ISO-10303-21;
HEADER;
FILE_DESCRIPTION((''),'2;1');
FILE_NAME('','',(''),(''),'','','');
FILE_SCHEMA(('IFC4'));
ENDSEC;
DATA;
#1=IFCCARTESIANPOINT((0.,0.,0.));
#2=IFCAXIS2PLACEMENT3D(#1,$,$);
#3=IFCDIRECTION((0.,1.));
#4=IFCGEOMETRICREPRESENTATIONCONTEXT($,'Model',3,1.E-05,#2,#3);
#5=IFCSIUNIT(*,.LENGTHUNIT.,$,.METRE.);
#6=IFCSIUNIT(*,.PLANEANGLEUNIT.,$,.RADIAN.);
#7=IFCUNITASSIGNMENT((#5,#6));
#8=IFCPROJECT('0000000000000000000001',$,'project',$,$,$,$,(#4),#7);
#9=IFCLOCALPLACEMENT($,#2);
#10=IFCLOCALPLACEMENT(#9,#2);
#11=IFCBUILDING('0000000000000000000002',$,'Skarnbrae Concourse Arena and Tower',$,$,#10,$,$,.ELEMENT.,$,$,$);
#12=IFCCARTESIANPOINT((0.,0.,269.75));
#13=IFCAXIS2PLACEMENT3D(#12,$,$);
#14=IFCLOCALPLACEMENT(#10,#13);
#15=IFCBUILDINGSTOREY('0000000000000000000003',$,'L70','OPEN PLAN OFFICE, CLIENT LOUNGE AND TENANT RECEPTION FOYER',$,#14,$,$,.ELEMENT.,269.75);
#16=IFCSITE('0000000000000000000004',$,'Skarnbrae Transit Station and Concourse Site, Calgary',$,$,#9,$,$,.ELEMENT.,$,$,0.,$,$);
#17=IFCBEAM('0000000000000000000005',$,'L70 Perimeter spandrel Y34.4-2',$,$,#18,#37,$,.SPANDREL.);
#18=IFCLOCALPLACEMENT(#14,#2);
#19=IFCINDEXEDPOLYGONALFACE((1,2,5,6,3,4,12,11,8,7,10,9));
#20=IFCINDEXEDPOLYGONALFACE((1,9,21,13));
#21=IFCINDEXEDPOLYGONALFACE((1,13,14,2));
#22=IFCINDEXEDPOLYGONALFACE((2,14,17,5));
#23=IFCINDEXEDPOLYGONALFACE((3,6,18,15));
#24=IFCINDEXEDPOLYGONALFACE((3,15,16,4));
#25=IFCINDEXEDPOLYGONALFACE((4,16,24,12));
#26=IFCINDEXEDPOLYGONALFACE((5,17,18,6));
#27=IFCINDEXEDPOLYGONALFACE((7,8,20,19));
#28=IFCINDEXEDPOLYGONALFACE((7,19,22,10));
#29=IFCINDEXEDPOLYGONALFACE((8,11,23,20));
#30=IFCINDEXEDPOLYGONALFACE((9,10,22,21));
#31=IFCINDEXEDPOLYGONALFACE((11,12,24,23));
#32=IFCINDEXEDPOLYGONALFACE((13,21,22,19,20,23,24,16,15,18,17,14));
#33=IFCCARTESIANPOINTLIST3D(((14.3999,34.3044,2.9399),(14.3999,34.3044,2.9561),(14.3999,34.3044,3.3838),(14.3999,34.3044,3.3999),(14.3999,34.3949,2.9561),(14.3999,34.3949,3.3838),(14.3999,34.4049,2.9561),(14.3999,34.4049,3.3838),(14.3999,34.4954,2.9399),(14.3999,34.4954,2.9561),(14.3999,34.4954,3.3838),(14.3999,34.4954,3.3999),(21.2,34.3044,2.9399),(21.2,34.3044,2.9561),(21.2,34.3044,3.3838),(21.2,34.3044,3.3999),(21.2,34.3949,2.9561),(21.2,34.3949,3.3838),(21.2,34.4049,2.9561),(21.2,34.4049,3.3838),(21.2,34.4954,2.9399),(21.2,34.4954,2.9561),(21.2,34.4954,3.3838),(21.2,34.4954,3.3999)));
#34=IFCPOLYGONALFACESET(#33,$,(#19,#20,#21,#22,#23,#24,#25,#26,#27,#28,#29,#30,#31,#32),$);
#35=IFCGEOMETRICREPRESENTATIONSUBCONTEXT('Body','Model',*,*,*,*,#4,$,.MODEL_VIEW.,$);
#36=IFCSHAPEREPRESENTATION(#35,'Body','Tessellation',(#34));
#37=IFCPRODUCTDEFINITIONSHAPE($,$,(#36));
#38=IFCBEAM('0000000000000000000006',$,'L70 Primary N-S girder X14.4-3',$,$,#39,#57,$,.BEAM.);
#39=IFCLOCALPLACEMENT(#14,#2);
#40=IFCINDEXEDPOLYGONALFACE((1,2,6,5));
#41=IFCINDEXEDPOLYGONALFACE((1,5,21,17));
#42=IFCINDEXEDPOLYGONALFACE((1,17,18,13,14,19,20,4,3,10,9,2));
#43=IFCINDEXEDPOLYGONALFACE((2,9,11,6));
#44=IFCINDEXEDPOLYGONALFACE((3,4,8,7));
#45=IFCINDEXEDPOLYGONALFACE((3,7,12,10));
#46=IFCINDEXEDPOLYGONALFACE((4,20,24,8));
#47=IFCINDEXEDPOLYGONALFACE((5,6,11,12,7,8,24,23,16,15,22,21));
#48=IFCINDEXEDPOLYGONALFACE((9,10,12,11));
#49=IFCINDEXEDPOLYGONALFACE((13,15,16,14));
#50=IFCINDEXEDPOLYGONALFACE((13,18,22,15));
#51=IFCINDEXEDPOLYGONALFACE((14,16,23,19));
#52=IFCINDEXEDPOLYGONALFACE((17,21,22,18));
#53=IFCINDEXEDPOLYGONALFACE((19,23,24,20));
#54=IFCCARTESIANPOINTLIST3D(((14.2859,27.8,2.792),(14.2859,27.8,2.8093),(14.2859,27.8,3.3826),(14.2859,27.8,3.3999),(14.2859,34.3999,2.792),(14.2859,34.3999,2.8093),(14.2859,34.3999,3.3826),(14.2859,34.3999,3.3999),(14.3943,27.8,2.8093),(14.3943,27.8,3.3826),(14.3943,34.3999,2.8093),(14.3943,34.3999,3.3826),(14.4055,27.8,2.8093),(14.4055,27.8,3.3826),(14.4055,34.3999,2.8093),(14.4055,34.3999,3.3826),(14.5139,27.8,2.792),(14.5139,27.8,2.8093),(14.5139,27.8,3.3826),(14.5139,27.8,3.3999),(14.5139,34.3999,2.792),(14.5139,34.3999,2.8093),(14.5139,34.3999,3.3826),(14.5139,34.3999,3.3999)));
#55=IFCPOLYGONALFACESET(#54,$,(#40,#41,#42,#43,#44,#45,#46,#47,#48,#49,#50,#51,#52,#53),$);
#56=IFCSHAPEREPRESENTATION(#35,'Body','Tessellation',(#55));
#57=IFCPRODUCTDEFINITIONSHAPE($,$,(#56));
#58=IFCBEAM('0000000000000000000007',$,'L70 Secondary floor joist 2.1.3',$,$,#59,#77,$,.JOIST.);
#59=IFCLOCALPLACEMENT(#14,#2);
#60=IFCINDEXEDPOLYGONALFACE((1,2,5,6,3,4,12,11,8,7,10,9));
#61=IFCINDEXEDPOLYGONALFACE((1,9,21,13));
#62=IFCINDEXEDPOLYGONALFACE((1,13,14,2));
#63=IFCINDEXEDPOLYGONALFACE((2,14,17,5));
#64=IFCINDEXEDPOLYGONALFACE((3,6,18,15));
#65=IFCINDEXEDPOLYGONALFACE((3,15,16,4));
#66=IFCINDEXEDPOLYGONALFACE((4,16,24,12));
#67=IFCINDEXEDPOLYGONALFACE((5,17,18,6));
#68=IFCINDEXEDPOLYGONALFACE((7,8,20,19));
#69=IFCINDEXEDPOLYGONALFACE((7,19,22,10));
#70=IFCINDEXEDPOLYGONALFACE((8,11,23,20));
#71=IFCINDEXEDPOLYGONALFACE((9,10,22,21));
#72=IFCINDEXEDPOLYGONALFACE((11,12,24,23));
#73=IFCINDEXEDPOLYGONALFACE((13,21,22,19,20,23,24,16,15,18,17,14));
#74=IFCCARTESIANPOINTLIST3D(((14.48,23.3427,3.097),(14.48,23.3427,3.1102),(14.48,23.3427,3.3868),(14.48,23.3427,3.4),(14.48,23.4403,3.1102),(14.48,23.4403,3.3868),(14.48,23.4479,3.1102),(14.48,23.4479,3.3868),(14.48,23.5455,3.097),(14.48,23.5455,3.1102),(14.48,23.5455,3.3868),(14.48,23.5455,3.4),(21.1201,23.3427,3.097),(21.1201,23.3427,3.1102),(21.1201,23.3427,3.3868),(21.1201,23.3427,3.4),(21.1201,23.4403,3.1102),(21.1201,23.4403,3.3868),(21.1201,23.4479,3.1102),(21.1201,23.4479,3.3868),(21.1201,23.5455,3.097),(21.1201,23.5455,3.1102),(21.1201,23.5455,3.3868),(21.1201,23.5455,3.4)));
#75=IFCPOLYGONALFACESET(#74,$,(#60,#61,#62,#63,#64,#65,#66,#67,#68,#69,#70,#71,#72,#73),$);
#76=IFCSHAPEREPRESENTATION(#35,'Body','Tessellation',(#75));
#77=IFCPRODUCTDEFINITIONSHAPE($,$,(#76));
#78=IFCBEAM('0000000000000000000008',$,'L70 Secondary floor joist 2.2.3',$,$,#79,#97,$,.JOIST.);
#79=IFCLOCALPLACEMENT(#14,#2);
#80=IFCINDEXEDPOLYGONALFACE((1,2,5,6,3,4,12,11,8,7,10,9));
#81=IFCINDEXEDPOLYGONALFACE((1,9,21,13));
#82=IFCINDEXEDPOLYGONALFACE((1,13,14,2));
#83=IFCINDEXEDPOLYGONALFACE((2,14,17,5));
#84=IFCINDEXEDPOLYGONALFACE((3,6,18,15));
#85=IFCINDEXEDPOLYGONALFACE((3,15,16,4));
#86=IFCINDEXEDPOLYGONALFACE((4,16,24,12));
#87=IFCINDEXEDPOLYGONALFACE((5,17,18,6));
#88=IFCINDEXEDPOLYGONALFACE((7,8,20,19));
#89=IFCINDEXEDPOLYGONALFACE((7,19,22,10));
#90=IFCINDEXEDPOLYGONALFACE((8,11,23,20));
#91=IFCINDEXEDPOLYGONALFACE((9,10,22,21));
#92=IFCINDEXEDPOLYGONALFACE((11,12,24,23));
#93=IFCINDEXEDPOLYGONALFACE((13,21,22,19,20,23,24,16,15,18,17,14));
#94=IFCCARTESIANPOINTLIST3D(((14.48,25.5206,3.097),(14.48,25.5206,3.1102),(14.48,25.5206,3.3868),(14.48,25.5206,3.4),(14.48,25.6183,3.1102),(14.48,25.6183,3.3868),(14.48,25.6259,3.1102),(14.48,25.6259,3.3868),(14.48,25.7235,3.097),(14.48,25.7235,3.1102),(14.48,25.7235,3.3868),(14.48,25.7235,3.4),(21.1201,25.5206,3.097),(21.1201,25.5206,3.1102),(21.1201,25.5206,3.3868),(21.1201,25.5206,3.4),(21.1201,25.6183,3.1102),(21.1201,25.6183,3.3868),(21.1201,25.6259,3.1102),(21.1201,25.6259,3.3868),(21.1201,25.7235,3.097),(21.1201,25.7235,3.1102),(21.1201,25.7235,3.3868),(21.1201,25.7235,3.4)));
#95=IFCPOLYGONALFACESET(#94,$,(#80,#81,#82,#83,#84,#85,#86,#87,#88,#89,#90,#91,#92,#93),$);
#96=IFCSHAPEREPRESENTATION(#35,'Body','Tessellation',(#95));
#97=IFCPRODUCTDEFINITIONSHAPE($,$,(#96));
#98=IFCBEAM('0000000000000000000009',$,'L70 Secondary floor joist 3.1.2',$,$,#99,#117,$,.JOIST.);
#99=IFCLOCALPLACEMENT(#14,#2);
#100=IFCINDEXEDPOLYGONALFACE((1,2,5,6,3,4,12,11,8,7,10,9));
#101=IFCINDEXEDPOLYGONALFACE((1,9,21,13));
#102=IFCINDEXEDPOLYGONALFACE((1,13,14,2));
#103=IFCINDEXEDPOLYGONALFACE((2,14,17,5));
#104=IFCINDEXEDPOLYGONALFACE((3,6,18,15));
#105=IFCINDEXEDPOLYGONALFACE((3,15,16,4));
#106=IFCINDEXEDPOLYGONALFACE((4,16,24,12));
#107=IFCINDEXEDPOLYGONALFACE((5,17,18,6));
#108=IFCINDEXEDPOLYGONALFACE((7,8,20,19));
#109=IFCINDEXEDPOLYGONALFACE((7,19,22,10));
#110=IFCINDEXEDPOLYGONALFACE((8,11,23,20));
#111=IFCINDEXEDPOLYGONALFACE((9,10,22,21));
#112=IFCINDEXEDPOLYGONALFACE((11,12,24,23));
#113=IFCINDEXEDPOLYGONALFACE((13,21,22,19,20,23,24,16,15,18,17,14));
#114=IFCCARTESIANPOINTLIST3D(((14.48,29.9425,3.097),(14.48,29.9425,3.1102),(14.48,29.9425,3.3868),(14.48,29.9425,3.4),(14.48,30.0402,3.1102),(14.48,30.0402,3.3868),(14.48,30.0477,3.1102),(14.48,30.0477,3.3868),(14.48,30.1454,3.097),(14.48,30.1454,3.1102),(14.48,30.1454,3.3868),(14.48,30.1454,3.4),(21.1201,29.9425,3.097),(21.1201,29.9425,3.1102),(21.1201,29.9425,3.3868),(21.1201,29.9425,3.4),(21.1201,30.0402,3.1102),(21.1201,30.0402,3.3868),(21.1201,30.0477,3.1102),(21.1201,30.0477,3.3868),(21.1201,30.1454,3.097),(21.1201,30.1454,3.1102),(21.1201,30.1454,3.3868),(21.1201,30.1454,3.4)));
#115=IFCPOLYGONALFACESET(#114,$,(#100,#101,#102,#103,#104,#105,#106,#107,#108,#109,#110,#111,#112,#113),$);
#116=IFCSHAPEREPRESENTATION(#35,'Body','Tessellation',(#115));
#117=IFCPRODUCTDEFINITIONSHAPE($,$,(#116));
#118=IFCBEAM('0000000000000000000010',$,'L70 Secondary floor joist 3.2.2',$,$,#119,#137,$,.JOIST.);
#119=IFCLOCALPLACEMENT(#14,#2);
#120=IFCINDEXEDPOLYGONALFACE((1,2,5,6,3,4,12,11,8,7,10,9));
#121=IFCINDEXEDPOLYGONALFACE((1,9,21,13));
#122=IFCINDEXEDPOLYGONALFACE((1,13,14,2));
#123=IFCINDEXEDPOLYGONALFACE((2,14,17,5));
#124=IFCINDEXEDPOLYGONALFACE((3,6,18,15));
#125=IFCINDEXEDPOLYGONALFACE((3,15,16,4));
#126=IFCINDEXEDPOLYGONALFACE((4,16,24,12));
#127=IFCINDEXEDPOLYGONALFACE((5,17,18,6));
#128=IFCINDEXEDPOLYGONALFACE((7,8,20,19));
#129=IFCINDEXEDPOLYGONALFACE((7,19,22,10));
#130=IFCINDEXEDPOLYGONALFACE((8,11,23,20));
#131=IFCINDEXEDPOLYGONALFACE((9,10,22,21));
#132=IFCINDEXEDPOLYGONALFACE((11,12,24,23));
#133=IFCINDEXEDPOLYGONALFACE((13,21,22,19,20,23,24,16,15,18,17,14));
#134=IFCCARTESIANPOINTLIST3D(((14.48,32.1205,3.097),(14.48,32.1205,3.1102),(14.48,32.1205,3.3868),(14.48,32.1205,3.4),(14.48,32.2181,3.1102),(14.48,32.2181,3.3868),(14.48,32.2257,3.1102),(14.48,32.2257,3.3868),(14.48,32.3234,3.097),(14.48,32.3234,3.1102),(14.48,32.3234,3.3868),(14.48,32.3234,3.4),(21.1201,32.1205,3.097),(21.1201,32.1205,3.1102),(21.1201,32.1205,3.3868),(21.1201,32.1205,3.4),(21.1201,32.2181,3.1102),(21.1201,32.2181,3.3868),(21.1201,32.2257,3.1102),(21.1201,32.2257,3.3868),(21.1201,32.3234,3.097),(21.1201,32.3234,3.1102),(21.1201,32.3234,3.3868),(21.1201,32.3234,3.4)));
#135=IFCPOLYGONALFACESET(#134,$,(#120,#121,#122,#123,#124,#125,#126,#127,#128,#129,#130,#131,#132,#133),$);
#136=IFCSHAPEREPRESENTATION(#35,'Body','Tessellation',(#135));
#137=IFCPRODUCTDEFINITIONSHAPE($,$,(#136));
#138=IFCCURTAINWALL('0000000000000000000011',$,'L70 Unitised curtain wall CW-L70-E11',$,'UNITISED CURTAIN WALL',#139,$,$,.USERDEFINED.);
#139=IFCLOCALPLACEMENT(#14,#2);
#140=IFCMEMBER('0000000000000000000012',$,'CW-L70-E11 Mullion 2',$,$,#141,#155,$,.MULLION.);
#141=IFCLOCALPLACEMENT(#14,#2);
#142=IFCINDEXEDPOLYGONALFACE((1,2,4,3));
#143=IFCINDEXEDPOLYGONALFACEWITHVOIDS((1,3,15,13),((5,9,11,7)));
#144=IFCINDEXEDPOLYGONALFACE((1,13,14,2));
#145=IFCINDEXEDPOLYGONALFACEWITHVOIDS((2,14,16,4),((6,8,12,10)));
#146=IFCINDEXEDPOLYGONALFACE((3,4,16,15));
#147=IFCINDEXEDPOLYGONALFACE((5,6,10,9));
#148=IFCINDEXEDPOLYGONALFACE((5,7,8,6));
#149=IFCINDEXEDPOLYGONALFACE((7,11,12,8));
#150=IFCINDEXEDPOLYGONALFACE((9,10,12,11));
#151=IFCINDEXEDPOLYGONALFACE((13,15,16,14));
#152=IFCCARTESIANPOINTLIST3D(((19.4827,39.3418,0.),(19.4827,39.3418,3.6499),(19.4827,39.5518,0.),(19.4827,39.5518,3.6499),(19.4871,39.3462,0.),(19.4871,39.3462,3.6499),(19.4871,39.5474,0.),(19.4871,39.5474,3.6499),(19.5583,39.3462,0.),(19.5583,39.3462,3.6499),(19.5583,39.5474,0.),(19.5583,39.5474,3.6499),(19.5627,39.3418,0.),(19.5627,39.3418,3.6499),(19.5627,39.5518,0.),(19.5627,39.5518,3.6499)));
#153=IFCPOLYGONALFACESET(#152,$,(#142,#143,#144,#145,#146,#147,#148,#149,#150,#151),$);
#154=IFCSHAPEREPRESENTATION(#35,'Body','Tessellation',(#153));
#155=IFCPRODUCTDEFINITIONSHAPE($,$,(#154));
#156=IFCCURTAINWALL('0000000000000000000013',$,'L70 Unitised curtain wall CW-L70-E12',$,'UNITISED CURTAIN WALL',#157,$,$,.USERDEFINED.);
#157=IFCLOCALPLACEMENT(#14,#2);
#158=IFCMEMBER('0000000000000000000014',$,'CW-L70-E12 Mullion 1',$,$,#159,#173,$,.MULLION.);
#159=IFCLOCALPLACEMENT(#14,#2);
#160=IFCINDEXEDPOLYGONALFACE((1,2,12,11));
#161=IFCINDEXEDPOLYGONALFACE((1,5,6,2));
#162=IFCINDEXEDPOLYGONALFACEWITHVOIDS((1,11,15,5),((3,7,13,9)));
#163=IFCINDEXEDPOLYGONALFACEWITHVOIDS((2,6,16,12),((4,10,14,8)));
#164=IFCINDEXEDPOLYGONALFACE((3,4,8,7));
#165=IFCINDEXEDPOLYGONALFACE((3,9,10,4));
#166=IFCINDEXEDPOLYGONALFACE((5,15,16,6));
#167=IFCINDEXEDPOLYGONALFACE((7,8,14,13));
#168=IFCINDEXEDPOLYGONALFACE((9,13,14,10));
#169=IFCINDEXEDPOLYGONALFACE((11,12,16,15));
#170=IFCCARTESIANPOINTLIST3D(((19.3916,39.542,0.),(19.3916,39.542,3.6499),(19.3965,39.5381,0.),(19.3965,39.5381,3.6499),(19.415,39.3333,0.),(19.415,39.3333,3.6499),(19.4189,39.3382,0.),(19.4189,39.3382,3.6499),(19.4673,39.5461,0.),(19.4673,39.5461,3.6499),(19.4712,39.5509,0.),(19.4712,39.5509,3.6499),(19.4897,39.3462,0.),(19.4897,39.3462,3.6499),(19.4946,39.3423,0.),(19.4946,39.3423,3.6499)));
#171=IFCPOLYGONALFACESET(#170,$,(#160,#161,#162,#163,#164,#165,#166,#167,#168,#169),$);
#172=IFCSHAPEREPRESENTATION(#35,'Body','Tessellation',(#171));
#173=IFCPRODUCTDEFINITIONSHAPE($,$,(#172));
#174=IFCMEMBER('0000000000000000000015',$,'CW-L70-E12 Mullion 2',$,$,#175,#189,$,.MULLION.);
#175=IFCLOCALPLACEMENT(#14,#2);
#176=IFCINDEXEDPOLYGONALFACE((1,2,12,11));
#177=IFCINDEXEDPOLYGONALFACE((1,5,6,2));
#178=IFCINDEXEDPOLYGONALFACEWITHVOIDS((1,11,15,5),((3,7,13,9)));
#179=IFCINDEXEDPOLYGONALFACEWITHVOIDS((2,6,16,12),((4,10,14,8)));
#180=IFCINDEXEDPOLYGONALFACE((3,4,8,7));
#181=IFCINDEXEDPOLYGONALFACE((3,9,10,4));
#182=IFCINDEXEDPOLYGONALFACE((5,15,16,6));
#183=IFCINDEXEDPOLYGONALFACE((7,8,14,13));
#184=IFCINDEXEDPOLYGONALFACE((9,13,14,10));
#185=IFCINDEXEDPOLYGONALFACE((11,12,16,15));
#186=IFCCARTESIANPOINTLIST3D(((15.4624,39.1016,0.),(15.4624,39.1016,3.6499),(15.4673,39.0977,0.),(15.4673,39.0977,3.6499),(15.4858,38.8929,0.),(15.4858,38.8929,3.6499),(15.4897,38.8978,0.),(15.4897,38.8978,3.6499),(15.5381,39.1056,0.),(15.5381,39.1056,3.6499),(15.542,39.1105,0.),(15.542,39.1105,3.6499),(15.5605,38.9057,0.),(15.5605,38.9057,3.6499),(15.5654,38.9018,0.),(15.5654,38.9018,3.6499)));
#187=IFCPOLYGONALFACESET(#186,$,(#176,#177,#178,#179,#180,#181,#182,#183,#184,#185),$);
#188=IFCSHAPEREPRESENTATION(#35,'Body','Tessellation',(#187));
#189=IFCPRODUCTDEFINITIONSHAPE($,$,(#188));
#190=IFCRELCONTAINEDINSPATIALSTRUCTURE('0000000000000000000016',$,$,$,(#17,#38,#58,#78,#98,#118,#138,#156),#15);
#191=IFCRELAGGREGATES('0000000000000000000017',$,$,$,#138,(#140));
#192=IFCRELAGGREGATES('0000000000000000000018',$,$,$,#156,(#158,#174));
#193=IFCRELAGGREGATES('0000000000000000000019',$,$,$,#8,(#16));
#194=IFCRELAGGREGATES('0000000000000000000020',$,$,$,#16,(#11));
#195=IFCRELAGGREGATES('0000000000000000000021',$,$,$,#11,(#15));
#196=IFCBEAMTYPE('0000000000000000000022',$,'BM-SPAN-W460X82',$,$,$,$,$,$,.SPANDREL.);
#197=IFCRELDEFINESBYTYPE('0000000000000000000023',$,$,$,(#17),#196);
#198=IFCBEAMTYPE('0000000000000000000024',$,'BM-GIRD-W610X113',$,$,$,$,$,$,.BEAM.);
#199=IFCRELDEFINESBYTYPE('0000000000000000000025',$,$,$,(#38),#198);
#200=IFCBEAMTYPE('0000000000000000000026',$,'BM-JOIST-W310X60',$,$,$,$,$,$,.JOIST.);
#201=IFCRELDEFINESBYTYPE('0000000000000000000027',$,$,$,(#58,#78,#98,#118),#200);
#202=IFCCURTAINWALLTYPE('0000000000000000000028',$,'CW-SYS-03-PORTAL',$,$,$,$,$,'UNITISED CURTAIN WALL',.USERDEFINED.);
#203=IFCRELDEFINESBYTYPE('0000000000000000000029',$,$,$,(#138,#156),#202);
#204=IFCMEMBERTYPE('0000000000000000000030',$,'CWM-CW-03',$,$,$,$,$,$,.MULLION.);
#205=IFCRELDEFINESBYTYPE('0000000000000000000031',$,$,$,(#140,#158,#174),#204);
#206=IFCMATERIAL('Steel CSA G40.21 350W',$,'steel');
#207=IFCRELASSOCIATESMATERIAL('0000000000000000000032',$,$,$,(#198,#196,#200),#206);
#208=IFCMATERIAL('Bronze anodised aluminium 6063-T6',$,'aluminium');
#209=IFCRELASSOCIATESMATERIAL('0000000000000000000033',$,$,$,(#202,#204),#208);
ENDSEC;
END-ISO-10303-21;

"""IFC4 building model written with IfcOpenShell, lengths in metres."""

from ifc_helpers import new_model, si_unit, direction, frame, origin, origin_2d, place, context, subcontext, project, spatial, hollow_rectangle, i_section, extrude, source, transform, mapped, material, material_profile, profile_set, type_object, element, aggregate, save


model = new_model("IFC4")

# Units and contexts
model_context = context("Model", 3, precision=1e-05, world=origin(), true_north=direction((0.0, 1.0)))
body_context = subcontext(model_context, "Body", "Model", "MODEL_VIEW")
ifc_project = project(units=[si_unit("LENGTHUNIT", "METRE"), si_unit("PLANEANGLEUNIT", "RADIAN")], contexts=[model_context])

# Site, building, storey
site_placement = place(None, origin())
site = spatial("IfcSite", under=ifc_project, at=site_placement, Name="Skarnbrae Transit Station and Concourse Site, Calgary", CompositionType="ELEMENT", RefElevation=0.0)
building_placement = place(site_placement, origin())
building = spatial("IfcBuilding", under=site, at=building_placement, Name="Skarnbrae Concourse Arena and Tower", CompositionType="ELEMENT")
storey_placement = place(building_placement, frame((0.0, 0.0, 269.75)))
storey = spatial("IfcBuildingStorey", under=building, at=storey_placement, Name="L70", Description="OPEN PLAN OFFICE, CLIENT LOUNGE AND TENANT RECEPTION FOYER", CompositionType="ELEMENT", Elevation=269.75)

# Shared definitions
ifc_material_1 = material(Name="Steel CSA G40.21 350W", Category="steel")

# Beams
ifc_material_profile_1 = material_profile(ifc_material_1, i_section(OverallWidth=0.228, OverallDepth=0.6079, WebThickness=0.0112, FlangeThickness=0.0173, at=origin_2d()), Name="W610X113")
ifc_profile_set_1 = profile_set([ifc_material_profile_1], Name="Steel CSA G40.21 350W")
beam_type_1 = type_object("IfcBeamType", Name="BM-GIRD-W610X113", PredefinedType="BEAM", material=ifc_profile_set_1)
ifc_material_profile_2 = material_profile(ifc_material_1, i_section(OverallWidth=0.1909, OverallDepth=0.46, WebThickness=0.01, FlangeThickness=0.0161, at=origin_2d()), Name="W460X82")
ifc_profile_set_2 = profile_set([ifc_material_profile_2], Name="Steel CSA G40.21 350W")
beam_type_2 = type_object("IfcBeamType", Name="BM-SPAN-W460X82", PredefinedType="SPANDREL", material=ifc_profile_set_2)
shared_shape_1 = source(origin(), body_context, "Body", "SweptSolid", [
    extrude(i_section(OverallWidth=0.1909, OverallDepth=0.46, WebThickness=0.01, FlangeThickness=0.0161, at=origin_2d()), origin(), (0.0, 0.0, 1.0), 6.8),
])
beam_1_placement = place(storey_placement, frame((14.3999, 34.3999, 3.1699), z_axis=(1.0, 0.0, 0.0), x_axis=(0.0, 1.0, 0.0)))
element("IfcBeam", 1, at=beam_1_placement, inside=storey, type_object=beam_type_2, Name="L70 Perimeter spandrel Y34.4-2", PredefinedType="SPANDREL", context=body_context, shape_type="MappedRepresentation", body=[
    mapped(shared_shape_1, transform((0.0, 0.0, 0.0))),
])
shared_shape_2 = source(origin(), body_context, "Body", "SweptSolid", [
    extrude(i_section(OverallWidth=0.228, OverallDepth=0.6079, WebThickness=0.0112, FlangeThickness=0.0173, at=origin_2d()), origin(), (0.0, 0.0, 1.0), 6.5999),
])
beam_2_placement = place(storey_placement, frame((14.3999, 27.8, 3.0959), z_axis=(0.0, 1.0, 0.0), x_axis=(-1.0, 0.0, 0.0)))
element("IfcBeam", 2, at=beam_2_placement, inside=storey, type_object=beam_type_1, Name="L70 Primary N-S girder X14.4-3", PredefinedType="BEAM", context=body_context, shape_type="MappedRepresentation", body=[
    mapped(shared_shape_2, transform((0.0, 0.0, 0.0))),
])
ifc_material_profile_3 = material_profile(ifc_material_1, i_section(OverallWidth=0.2029, OverallDepth=0.303, WebThickness=0.0076, FlangeThickness=0.0132, at=origin_2d()), Name="W310X60")
ifc_profile_set_3 = profile_set([ifc_material_profile_3], Name="Steel CSA G40.21 350W")
beam_type_3 = type_object("IfcBeamType", Name="BM-JOIST-W310X60", PredefinedType="JOIST", material=ifc_profile_set_3)
shared_shape_3 = source(origin(), body_context, "Body", "SweptSolid", [
    extrude(i_section(OverallWidth=0.2029, OverallDepth=0.303, WebThickness=0.0076, FlangeThickness=0.0132, at=origin_2d()), origin(), (0.0, 0.0, 1.0), 6.6401),
])
for number, where, z_axis, x_axis, name in (
    (3, (14.48, 23.4441, 3.2485), (1.0, 0.0, 0.0), (0.0, 1.0, 0.0), "L70 Secondary floor joist 2.1.3"),
    (4, (14.48, 25.6221, 3.2485), (1.0, 0.0, 0.0), (0.0, 1.0, 0.0), "L70 Secondary floor joist 2.2.3"),
    (5, (14.48, 30.0439, 3.2485), (1.0, 0.0, 0.0), (0.0, 1.0, 0.0), "L70 Secondary floor joist 3.1.2"),
    (6, (14.48, 32.2219, 3.2485), (1.0, 0.0, 0.0), (0.0, 1.0, 0.0), "L70 Secondary floor joist 3.2.2"),
):
    element("IfcBeam", number, at=place(storey_placement, frame(where, z_axis=z_axis, x_axis=x_axis)), inside=storey, type_object=beam_type_3, Name=name, PredefinedType="JOIST", context=body_context, shape_type="MappedRepresentation", body=[
        mapped(shared_shape_3, transform((0.0, 0.0, 0.0))),
    ])

# Curtain wall, member
ifc_material_2 = material(Name="Bronze anodised aluminium 6063-T6", Category="aluminium")
curtain_wall_type_1 = type_object("IfcCurtainWallType", Name="CW-SYS-03-PORTAL", ElementType="UNITISED CURTAIN WALL", PredefinedType="USERDEFINED", material=ifc_material_2)
curtain_wall_1_placement = place(storey_placement, origin())
curtain_wall_1 = element("IfcCurtainWall", 7, at=curtain_wall_1_placement, inside=storey, type_object=curtain_wall_type_1, Name="L70 Unitised curtain wall CW-L70-E11", ObjectType="UNITISED CURTAIN WALL", PredefinedType="USERDEFINED")
ifc_material_profile_4 = material_profile(ifc_material_2, hollow_rectangle(XDim=0.0801, YDim=0.21, WallThickness=0.0044, at=origin_2d()), Name="ALU-MULL-80X210")
ifc_profile_set_4 = profile_set([ifc_material_profile_4], Name="Bronze anodised aluminium 6063-T6")
member_type_1 = type_object("IfcMemberType", Name="CWM-CW-03", PredefinedType="MULLION", material=ifc_profile_set_4)
shared_shape_4 = source(origin(), body_context, "Body", "SweptSolid", [
    extrude(hollow_rectangle(XDim=0.0801, YDim=0.21, WallThickness=0.0044, at=origin_2d()), origin(), (0.0, 0.0, 1.0), 3.6499),
])
member_1_placement = place(storey_placement, frame((19.5227, 39.4468, 0.0), z_axis=(0.0, 0.0, 1.0), x_axis=(-1.0, 0.0, 0.0)))
member_1 = element("IfcMember", 8, at=member_1_placement, type_object=member_type_1, Name="CW-L70-E11 Mullion 2", PredefinedType="MULLION", context=body_context, shape_type="MappedRepresentation", body=[
    mapped(shared_shape_4, transform((0.0, 0.0, 0.0))),
])
aggregate(curtain_wall_1, [member_1])

# Curtain wall, members
curtain_wall_2_placement = place(storey_placement, origin())
curtain_wall_2 = element("IfcCurtainWall", 9, at=curtain_wall_2_placement, inside=storey, type_object=curtain_wall_type_1, Name="L70 Unitised curtain wall CW-L70-E12", ObjectType="UNITISED CURTAIN WALL", PredefinedType="USERDEFINED")
member_2_placement = place(storey_placement, frame((19.4431, 39.4421, 0.0), z_axis=(0.0, 0.0, 1.0), x_axis=(-0.993769, -0.11146, 0.0)))
member_2 = element("IfcMember", 10, at=member_2_placement, type_object=member_type_1, Name="CW-L70-E12 Mullion 1", PredefinedType="MULLION", context=body_context, shape_type="MappedRepresentation", body=[
    mapped(shared_shape_4, transform((0.0, 0.0, 0.0))),
])
member_3_placement = place(storey_placement, frame((15.5139, 39.0017, 0.0), z_axis=(0.0, 0.0, 1.0), x_axis=(-0.993769, -0.11146, 0.0)))
member_3 = element("IfcMember", 11, at=member_3_placement, type_object=member_type_1, Name="CW-L70-E12 Mullion 2", PredefinedType="MULLION", context=body_context, shape_type="MappedRepresentation", body=[
    mapped(shared_shape_4, transform((0.0, 0.0, 0.0))),
])

aggregate(curtain_wall_2, [member_2, member_3])

save(model, "model.ifc")
